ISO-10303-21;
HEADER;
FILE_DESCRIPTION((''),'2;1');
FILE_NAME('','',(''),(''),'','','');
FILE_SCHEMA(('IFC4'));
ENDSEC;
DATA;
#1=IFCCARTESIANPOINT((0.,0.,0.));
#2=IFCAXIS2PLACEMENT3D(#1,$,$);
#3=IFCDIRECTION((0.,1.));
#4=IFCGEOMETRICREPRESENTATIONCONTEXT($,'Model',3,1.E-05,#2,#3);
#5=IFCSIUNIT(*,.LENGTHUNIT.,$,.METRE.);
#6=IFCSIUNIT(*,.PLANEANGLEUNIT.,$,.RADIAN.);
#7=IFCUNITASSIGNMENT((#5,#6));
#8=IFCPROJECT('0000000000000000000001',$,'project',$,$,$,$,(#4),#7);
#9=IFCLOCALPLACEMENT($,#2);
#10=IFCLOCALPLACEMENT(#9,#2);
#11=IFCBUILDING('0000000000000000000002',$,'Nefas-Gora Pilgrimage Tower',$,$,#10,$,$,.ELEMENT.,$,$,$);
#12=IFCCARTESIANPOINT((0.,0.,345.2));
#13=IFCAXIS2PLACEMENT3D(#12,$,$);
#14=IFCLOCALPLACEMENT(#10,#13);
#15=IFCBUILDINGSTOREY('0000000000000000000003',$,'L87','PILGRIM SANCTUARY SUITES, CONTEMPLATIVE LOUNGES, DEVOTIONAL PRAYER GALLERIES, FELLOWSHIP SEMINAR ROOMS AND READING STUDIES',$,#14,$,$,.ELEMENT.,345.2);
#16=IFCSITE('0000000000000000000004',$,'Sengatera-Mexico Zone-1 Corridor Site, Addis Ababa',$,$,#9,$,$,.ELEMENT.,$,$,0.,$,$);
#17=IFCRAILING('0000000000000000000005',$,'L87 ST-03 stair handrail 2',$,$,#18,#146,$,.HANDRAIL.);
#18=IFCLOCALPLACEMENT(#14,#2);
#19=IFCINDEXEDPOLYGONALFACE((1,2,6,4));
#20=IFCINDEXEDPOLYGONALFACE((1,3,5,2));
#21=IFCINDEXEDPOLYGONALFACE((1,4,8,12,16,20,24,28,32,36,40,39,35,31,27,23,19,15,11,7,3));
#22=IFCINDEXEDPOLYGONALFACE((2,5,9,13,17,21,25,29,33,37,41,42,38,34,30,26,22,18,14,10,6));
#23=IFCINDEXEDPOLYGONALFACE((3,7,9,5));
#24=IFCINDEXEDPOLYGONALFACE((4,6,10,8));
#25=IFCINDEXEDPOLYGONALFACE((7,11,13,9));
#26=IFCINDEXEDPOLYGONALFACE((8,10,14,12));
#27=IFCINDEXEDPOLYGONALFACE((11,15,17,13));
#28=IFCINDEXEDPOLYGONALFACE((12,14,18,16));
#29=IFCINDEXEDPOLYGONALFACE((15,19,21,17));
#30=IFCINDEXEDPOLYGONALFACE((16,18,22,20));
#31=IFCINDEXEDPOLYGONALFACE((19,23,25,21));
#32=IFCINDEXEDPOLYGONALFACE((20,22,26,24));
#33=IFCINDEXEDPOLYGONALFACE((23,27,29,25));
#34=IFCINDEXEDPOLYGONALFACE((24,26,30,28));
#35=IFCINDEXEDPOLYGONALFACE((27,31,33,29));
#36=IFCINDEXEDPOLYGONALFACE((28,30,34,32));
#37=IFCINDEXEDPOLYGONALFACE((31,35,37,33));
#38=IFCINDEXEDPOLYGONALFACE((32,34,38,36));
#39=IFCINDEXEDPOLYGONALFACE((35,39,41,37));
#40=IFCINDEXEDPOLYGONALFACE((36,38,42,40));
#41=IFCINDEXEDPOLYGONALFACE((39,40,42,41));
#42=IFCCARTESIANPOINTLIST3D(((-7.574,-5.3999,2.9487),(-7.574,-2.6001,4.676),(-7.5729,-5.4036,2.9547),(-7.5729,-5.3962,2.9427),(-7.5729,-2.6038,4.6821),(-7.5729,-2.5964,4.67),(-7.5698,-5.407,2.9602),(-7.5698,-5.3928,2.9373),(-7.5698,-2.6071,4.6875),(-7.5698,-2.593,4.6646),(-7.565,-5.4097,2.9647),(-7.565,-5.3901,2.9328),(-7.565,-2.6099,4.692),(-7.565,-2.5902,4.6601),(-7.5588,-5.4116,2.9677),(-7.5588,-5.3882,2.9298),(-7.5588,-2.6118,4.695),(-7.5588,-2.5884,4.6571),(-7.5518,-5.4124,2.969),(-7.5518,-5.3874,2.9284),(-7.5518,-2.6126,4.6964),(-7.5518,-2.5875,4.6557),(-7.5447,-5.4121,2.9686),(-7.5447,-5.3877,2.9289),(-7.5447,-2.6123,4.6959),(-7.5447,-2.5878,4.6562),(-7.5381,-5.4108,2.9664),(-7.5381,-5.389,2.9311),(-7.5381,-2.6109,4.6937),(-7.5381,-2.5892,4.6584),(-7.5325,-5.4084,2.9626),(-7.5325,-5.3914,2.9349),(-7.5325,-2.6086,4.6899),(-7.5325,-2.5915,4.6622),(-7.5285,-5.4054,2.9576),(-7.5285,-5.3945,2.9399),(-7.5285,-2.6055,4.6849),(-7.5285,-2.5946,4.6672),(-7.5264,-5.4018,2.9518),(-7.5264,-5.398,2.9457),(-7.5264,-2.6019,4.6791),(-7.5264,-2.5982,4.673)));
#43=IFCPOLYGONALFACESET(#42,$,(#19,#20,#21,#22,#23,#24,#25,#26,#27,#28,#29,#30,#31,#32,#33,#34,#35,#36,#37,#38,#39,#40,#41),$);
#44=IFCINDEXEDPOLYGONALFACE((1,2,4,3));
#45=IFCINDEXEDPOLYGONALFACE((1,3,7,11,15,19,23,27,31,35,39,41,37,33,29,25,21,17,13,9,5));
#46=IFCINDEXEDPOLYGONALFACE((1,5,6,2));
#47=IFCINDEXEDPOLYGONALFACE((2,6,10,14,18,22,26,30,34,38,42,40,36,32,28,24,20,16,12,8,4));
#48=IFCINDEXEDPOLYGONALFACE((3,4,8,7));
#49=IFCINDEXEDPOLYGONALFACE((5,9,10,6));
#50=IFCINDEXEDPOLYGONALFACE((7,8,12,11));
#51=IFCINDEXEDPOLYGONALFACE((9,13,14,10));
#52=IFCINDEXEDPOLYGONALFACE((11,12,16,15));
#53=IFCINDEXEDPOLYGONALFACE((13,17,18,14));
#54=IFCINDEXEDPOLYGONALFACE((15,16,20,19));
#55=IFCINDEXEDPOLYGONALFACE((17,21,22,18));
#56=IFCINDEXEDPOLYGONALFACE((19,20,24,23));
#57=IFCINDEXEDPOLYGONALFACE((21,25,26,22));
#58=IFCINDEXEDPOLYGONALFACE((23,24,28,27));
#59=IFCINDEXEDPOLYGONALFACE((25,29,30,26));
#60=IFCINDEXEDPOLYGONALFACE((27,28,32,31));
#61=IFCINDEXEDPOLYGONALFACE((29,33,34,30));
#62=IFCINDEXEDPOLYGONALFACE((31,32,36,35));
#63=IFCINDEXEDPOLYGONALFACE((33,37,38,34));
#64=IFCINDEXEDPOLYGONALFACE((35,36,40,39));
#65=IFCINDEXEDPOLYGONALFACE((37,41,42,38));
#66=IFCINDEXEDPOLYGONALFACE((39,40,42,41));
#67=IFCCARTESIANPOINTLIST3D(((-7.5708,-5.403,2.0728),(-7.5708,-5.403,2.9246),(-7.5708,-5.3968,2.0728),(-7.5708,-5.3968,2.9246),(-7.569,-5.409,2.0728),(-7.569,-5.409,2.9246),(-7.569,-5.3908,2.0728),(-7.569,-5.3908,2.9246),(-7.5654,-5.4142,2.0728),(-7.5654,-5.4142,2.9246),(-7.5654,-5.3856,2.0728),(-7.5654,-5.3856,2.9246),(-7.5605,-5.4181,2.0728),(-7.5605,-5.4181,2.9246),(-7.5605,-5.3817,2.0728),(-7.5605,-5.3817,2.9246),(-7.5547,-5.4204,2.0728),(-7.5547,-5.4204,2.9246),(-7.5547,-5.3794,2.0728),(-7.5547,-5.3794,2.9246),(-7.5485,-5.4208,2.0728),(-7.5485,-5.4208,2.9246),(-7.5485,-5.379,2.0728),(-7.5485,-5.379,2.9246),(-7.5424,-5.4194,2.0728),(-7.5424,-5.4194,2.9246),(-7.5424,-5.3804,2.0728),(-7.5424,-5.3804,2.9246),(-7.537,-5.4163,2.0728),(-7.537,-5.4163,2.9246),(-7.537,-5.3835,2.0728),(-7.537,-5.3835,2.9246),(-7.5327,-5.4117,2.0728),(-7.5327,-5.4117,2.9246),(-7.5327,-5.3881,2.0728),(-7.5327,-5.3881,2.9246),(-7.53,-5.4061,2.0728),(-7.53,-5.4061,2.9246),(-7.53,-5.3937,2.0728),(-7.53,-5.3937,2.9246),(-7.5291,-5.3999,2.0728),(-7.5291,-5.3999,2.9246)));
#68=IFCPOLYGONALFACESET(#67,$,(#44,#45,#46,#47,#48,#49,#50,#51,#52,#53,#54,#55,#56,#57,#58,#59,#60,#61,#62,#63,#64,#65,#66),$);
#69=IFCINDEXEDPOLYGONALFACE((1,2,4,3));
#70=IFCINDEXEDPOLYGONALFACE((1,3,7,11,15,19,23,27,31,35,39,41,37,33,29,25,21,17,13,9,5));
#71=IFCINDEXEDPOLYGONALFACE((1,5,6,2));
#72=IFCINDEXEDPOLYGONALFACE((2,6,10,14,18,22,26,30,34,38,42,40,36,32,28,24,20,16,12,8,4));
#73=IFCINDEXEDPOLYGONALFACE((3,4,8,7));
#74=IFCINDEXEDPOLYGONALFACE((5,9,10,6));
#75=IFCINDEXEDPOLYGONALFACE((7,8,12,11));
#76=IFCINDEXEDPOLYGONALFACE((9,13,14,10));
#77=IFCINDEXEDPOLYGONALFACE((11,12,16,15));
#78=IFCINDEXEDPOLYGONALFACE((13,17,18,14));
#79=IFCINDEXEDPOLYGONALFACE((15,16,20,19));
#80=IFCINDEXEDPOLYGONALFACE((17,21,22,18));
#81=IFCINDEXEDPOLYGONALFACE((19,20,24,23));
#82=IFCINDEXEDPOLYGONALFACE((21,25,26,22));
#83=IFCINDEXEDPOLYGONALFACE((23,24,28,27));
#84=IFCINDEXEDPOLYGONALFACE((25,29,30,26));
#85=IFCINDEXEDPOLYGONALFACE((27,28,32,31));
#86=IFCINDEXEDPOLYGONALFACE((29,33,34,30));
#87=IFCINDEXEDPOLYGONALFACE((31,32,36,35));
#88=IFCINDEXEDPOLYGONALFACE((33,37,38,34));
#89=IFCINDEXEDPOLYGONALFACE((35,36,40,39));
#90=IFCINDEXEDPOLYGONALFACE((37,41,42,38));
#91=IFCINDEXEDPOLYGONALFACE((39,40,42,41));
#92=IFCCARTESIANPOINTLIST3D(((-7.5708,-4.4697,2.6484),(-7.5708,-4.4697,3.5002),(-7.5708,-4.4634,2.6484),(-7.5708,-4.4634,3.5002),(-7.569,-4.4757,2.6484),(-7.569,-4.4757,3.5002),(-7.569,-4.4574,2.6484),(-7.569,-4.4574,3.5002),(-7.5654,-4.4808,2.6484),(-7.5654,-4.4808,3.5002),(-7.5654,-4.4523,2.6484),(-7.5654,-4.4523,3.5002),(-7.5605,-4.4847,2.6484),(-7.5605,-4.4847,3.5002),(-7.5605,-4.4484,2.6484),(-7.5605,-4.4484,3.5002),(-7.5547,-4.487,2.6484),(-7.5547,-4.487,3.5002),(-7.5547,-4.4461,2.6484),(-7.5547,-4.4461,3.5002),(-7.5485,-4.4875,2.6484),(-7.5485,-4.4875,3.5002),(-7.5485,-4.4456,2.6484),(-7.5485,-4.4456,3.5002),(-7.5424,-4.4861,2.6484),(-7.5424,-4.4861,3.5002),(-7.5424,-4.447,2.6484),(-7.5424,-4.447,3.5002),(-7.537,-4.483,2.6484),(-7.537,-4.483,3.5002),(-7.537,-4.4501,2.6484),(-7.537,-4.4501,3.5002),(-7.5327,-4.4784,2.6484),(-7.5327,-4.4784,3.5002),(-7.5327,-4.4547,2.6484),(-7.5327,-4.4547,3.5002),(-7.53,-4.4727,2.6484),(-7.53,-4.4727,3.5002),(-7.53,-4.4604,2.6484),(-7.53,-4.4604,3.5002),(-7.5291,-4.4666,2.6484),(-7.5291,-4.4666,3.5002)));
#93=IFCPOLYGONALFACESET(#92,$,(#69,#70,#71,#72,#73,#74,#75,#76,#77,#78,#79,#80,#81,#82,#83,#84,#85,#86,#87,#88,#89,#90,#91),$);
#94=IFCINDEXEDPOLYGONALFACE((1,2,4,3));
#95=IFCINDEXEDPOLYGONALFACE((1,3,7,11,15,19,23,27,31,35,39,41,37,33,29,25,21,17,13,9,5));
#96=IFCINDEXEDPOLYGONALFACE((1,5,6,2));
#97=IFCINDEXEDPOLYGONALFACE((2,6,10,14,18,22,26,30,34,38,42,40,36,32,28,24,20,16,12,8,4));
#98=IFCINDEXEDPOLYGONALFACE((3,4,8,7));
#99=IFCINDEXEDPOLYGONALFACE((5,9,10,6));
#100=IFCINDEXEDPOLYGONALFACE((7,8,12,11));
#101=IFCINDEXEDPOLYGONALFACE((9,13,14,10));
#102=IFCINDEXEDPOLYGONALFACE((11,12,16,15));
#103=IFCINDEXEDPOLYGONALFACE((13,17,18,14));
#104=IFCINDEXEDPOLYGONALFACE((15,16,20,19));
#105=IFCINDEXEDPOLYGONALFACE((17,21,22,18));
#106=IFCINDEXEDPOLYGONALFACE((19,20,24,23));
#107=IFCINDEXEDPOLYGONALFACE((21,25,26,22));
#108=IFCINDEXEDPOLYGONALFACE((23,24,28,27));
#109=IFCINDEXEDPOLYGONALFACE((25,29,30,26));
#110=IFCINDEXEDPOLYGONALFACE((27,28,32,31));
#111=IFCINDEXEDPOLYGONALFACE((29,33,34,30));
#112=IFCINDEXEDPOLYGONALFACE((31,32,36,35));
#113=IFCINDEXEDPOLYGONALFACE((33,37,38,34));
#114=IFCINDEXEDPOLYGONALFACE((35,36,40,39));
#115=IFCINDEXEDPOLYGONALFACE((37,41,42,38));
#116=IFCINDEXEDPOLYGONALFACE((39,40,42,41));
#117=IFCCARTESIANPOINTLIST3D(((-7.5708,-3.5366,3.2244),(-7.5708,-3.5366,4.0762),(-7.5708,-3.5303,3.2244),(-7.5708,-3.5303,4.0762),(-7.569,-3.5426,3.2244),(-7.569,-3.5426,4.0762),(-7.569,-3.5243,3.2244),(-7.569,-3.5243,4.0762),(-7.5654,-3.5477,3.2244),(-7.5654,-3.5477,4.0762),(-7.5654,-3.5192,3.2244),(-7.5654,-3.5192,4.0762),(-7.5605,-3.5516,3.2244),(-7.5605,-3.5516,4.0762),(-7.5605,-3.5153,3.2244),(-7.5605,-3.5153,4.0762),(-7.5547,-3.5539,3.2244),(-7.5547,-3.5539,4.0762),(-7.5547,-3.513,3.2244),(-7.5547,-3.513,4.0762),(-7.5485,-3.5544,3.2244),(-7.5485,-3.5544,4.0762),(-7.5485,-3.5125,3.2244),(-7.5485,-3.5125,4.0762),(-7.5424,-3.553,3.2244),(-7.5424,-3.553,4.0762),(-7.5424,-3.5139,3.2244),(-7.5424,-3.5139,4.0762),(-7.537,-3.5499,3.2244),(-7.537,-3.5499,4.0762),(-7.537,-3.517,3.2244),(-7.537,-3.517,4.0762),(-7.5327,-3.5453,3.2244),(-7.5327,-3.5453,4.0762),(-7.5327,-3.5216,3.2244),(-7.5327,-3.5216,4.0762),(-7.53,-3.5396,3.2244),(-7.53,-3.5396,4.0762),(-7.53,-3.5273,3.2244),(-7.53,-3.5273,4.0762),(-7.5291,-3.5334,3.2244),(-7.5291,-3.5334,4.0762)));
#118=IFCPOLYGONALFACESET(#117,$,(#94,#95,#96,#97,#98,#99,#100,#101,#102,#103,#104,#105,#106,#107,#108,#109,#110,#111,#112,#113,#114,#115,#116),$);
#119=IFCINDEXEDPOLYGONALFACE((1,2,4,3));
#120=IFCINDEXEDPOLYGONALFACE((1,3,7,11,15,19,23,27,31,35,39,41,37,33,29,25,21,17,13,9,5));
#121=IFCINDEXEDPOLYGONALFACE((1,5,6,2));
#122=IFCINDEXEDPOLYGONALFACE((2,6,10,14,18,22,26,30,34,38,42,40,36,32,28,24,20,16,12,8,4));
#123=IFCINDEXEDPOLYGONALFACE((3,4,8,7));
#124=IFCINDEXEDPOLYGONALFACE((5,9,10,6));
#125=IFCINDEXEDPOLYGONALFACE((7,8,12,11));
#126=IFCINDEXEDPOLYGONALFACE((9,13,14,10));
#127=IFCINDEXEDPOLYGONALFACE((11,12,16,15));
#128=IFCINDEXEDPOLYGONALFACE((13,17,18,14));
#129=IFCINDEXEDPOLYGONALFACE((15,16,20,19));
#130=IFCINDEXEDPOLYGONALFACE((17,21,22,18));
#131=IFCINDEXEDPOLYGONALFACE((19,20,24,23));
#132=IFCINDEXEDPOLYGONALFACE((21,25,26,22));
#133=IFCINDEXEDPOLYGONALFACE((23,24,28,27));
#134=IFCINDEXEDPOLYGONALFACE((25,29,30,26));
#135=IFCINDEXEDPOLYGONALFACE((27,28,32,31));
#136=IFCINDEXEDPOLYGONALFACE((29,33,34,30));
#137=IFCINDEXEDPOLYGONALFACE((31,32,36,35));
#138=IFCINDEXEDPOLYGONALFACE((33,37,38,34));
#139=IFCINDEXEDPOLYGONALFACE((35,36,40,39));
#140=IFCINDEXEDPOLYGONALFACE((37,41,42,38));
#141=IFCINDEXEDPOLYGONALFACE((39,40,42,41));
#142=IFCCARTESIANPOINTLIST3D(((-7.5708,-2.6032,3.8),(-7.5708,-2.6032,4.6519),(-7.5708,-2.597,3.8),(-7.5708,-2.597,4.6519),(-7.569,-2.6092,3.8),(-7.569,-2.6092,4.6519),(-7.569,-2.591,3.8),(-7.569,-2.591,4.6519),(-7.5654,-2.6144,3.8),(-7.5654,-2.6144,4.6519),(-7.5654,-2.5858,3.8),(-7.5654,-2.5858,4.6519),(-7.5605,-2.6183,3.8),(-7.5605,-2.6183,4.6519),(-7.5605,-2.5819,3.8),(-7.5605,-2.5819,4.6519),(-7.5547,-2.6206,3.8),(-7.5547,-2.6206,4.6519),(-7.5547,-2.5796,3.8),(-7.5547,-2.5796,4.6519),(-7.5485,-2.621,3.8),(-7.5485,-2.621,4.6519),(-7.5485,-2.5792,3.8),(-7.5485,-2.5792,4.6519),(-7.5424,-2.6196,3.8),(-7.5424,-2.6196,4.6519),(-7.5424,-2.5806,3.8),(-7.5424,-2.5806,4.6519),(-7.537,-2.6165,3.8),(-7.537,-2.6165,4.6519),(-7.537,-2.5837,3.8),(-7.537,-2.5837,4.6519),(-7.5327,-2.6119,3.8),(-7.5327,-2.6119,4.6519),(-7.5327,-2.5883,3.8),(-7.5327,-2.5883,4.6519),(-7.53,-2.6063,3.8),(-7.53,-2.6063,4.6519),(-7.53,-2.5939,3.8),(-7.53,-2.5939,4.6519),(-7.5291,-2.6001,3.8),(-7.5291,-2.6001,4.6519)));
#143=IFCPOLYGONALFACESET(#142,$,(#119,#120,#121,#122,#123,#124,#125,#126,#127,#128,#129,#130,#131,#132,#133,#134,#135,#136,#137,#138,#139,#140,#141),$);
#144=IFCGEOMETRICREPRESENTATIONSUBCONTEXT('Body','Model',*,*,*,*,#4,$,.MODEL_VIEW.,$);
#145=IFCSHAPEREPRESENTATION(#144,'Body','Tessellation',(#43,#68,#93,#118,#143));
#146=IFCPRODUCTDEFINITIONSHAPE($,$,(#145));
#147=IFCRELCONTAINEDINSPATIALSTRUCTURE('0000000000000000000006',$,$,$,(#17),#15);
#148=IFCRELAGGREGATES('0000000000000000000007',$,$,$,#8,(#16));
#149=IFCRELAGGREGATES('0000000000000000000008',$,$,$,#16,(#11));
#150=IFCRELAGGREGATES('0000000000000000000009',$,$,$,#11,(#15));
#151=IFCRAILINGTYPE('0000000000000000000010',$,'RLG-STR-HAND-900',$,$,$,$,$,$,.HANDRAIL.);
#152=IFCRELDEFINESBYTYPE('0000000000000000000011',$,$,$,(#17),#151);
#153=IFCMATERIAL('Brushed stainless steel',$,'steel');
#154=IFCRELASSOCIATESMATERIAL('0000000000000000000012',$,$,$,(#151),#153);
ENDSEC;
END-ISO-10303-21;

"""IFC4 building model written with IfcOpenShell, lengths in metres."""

from ifc_helpers import new_model, si_unit, direction, frame, origin, origin_2d, place, context, subcontext, project, spatial, circle, extrude, material, type_object, element, save


model = new_model("IFC4")

# Units and contexts
model_context = context("Model", 3, precision=1e-05, world=origin(), true_north=direction((0.0, 1.0)))
body_context = subcontext(model_context, "Body", "Model", "MODEL_VIEW")
ifc_project = project(units=[si_unit("LENGTHUNIT", "METRE"), si_unit("PLANEANGLEUNIT", "RADIAN")], contexts=[model_context])

# Site, building, storey
site_placement = place(None, origin())
site = spatial("IfcSite", under=ifc_project, at=site_placement, Name="Sengatera-Mexico Zone-1 Corridor Site, Addis Ababa", CompositionType="ELEMENT", RefElevation=0.0)
building_placement = place(site_placement, origin())
building = spatial("IfcBuilding", under=site, at=building_placement, Name="Nefas-Gora Pilgrimage Tower", CompositionType="ELEMENT")
storey_placement = place(building_placement, frame((0.0, 0.0, 345.2)))
storey = spatial("IfcBuildingStorey", under=building, at=storey_placement, Name="L87", Description="PILGRIM SANCTUARY SUITES, CONTEMPLATIVE LOUNGES, DEVOTIONAL PRAYER GALLERIES, FELLOWSHIP SEMINAR ROOMS AND READING STUDIES", CompositionType="ELEMENT", Elevation=345.2)

# Railing
ifc_material_1 = material(Name="Brushed stainless steel", Category="steel")
railing_type_1 = type_object("IfcRailingType", Name="RLG-STR-HAND-900", PredefinedType="HANDRAIL", material=ifc_material_1)
railing_1_placement = place(storey_placement, frame((-7.55, -5.3999, 2.0728)))
element("IfcRailing", 1, at=railing_1_placement, inside=storey, type_object=railing_type_1, Name="L87 ST-03 stair handrail 2", PredefinedType="HANDRAIL", context=body_context, shape_type="SweptSolid", body=[
    extrude(circle(Radius=0.0239, at=origin_2d()), frame((0.0, 0.0, 0.876), z_axis=(0.0, 0.851069, 0.525054), x_axis=(-1.0, 0.0, 0.0)), (0.0, 0.0, 1.0), 3.2898),
    extrude(circle(Radius=0.021, at=origin_2d()), origin(), (0.0, 0.0, 1.0), 0.8518),
    extrude(circle(Radius=0.021, at=origin_2d()), frame((0.0, 0.9333, 0.5757)), (0.0, 0.0, 1.0), 0.8518),
    extrude(circle(Radius=0.021, at=origin_2d()), frame((0.0, 1.8665, 1.1516)), (0.0, 0.0, 1.0), 0.8518),
    extrude(circle(Radius=0.021, at=origin_2d()), frame((0.0, 2.7998, 1.7273)), (0.0, 0.0, 1.0), 0.8518),
])

save(model, "model.ifc")
